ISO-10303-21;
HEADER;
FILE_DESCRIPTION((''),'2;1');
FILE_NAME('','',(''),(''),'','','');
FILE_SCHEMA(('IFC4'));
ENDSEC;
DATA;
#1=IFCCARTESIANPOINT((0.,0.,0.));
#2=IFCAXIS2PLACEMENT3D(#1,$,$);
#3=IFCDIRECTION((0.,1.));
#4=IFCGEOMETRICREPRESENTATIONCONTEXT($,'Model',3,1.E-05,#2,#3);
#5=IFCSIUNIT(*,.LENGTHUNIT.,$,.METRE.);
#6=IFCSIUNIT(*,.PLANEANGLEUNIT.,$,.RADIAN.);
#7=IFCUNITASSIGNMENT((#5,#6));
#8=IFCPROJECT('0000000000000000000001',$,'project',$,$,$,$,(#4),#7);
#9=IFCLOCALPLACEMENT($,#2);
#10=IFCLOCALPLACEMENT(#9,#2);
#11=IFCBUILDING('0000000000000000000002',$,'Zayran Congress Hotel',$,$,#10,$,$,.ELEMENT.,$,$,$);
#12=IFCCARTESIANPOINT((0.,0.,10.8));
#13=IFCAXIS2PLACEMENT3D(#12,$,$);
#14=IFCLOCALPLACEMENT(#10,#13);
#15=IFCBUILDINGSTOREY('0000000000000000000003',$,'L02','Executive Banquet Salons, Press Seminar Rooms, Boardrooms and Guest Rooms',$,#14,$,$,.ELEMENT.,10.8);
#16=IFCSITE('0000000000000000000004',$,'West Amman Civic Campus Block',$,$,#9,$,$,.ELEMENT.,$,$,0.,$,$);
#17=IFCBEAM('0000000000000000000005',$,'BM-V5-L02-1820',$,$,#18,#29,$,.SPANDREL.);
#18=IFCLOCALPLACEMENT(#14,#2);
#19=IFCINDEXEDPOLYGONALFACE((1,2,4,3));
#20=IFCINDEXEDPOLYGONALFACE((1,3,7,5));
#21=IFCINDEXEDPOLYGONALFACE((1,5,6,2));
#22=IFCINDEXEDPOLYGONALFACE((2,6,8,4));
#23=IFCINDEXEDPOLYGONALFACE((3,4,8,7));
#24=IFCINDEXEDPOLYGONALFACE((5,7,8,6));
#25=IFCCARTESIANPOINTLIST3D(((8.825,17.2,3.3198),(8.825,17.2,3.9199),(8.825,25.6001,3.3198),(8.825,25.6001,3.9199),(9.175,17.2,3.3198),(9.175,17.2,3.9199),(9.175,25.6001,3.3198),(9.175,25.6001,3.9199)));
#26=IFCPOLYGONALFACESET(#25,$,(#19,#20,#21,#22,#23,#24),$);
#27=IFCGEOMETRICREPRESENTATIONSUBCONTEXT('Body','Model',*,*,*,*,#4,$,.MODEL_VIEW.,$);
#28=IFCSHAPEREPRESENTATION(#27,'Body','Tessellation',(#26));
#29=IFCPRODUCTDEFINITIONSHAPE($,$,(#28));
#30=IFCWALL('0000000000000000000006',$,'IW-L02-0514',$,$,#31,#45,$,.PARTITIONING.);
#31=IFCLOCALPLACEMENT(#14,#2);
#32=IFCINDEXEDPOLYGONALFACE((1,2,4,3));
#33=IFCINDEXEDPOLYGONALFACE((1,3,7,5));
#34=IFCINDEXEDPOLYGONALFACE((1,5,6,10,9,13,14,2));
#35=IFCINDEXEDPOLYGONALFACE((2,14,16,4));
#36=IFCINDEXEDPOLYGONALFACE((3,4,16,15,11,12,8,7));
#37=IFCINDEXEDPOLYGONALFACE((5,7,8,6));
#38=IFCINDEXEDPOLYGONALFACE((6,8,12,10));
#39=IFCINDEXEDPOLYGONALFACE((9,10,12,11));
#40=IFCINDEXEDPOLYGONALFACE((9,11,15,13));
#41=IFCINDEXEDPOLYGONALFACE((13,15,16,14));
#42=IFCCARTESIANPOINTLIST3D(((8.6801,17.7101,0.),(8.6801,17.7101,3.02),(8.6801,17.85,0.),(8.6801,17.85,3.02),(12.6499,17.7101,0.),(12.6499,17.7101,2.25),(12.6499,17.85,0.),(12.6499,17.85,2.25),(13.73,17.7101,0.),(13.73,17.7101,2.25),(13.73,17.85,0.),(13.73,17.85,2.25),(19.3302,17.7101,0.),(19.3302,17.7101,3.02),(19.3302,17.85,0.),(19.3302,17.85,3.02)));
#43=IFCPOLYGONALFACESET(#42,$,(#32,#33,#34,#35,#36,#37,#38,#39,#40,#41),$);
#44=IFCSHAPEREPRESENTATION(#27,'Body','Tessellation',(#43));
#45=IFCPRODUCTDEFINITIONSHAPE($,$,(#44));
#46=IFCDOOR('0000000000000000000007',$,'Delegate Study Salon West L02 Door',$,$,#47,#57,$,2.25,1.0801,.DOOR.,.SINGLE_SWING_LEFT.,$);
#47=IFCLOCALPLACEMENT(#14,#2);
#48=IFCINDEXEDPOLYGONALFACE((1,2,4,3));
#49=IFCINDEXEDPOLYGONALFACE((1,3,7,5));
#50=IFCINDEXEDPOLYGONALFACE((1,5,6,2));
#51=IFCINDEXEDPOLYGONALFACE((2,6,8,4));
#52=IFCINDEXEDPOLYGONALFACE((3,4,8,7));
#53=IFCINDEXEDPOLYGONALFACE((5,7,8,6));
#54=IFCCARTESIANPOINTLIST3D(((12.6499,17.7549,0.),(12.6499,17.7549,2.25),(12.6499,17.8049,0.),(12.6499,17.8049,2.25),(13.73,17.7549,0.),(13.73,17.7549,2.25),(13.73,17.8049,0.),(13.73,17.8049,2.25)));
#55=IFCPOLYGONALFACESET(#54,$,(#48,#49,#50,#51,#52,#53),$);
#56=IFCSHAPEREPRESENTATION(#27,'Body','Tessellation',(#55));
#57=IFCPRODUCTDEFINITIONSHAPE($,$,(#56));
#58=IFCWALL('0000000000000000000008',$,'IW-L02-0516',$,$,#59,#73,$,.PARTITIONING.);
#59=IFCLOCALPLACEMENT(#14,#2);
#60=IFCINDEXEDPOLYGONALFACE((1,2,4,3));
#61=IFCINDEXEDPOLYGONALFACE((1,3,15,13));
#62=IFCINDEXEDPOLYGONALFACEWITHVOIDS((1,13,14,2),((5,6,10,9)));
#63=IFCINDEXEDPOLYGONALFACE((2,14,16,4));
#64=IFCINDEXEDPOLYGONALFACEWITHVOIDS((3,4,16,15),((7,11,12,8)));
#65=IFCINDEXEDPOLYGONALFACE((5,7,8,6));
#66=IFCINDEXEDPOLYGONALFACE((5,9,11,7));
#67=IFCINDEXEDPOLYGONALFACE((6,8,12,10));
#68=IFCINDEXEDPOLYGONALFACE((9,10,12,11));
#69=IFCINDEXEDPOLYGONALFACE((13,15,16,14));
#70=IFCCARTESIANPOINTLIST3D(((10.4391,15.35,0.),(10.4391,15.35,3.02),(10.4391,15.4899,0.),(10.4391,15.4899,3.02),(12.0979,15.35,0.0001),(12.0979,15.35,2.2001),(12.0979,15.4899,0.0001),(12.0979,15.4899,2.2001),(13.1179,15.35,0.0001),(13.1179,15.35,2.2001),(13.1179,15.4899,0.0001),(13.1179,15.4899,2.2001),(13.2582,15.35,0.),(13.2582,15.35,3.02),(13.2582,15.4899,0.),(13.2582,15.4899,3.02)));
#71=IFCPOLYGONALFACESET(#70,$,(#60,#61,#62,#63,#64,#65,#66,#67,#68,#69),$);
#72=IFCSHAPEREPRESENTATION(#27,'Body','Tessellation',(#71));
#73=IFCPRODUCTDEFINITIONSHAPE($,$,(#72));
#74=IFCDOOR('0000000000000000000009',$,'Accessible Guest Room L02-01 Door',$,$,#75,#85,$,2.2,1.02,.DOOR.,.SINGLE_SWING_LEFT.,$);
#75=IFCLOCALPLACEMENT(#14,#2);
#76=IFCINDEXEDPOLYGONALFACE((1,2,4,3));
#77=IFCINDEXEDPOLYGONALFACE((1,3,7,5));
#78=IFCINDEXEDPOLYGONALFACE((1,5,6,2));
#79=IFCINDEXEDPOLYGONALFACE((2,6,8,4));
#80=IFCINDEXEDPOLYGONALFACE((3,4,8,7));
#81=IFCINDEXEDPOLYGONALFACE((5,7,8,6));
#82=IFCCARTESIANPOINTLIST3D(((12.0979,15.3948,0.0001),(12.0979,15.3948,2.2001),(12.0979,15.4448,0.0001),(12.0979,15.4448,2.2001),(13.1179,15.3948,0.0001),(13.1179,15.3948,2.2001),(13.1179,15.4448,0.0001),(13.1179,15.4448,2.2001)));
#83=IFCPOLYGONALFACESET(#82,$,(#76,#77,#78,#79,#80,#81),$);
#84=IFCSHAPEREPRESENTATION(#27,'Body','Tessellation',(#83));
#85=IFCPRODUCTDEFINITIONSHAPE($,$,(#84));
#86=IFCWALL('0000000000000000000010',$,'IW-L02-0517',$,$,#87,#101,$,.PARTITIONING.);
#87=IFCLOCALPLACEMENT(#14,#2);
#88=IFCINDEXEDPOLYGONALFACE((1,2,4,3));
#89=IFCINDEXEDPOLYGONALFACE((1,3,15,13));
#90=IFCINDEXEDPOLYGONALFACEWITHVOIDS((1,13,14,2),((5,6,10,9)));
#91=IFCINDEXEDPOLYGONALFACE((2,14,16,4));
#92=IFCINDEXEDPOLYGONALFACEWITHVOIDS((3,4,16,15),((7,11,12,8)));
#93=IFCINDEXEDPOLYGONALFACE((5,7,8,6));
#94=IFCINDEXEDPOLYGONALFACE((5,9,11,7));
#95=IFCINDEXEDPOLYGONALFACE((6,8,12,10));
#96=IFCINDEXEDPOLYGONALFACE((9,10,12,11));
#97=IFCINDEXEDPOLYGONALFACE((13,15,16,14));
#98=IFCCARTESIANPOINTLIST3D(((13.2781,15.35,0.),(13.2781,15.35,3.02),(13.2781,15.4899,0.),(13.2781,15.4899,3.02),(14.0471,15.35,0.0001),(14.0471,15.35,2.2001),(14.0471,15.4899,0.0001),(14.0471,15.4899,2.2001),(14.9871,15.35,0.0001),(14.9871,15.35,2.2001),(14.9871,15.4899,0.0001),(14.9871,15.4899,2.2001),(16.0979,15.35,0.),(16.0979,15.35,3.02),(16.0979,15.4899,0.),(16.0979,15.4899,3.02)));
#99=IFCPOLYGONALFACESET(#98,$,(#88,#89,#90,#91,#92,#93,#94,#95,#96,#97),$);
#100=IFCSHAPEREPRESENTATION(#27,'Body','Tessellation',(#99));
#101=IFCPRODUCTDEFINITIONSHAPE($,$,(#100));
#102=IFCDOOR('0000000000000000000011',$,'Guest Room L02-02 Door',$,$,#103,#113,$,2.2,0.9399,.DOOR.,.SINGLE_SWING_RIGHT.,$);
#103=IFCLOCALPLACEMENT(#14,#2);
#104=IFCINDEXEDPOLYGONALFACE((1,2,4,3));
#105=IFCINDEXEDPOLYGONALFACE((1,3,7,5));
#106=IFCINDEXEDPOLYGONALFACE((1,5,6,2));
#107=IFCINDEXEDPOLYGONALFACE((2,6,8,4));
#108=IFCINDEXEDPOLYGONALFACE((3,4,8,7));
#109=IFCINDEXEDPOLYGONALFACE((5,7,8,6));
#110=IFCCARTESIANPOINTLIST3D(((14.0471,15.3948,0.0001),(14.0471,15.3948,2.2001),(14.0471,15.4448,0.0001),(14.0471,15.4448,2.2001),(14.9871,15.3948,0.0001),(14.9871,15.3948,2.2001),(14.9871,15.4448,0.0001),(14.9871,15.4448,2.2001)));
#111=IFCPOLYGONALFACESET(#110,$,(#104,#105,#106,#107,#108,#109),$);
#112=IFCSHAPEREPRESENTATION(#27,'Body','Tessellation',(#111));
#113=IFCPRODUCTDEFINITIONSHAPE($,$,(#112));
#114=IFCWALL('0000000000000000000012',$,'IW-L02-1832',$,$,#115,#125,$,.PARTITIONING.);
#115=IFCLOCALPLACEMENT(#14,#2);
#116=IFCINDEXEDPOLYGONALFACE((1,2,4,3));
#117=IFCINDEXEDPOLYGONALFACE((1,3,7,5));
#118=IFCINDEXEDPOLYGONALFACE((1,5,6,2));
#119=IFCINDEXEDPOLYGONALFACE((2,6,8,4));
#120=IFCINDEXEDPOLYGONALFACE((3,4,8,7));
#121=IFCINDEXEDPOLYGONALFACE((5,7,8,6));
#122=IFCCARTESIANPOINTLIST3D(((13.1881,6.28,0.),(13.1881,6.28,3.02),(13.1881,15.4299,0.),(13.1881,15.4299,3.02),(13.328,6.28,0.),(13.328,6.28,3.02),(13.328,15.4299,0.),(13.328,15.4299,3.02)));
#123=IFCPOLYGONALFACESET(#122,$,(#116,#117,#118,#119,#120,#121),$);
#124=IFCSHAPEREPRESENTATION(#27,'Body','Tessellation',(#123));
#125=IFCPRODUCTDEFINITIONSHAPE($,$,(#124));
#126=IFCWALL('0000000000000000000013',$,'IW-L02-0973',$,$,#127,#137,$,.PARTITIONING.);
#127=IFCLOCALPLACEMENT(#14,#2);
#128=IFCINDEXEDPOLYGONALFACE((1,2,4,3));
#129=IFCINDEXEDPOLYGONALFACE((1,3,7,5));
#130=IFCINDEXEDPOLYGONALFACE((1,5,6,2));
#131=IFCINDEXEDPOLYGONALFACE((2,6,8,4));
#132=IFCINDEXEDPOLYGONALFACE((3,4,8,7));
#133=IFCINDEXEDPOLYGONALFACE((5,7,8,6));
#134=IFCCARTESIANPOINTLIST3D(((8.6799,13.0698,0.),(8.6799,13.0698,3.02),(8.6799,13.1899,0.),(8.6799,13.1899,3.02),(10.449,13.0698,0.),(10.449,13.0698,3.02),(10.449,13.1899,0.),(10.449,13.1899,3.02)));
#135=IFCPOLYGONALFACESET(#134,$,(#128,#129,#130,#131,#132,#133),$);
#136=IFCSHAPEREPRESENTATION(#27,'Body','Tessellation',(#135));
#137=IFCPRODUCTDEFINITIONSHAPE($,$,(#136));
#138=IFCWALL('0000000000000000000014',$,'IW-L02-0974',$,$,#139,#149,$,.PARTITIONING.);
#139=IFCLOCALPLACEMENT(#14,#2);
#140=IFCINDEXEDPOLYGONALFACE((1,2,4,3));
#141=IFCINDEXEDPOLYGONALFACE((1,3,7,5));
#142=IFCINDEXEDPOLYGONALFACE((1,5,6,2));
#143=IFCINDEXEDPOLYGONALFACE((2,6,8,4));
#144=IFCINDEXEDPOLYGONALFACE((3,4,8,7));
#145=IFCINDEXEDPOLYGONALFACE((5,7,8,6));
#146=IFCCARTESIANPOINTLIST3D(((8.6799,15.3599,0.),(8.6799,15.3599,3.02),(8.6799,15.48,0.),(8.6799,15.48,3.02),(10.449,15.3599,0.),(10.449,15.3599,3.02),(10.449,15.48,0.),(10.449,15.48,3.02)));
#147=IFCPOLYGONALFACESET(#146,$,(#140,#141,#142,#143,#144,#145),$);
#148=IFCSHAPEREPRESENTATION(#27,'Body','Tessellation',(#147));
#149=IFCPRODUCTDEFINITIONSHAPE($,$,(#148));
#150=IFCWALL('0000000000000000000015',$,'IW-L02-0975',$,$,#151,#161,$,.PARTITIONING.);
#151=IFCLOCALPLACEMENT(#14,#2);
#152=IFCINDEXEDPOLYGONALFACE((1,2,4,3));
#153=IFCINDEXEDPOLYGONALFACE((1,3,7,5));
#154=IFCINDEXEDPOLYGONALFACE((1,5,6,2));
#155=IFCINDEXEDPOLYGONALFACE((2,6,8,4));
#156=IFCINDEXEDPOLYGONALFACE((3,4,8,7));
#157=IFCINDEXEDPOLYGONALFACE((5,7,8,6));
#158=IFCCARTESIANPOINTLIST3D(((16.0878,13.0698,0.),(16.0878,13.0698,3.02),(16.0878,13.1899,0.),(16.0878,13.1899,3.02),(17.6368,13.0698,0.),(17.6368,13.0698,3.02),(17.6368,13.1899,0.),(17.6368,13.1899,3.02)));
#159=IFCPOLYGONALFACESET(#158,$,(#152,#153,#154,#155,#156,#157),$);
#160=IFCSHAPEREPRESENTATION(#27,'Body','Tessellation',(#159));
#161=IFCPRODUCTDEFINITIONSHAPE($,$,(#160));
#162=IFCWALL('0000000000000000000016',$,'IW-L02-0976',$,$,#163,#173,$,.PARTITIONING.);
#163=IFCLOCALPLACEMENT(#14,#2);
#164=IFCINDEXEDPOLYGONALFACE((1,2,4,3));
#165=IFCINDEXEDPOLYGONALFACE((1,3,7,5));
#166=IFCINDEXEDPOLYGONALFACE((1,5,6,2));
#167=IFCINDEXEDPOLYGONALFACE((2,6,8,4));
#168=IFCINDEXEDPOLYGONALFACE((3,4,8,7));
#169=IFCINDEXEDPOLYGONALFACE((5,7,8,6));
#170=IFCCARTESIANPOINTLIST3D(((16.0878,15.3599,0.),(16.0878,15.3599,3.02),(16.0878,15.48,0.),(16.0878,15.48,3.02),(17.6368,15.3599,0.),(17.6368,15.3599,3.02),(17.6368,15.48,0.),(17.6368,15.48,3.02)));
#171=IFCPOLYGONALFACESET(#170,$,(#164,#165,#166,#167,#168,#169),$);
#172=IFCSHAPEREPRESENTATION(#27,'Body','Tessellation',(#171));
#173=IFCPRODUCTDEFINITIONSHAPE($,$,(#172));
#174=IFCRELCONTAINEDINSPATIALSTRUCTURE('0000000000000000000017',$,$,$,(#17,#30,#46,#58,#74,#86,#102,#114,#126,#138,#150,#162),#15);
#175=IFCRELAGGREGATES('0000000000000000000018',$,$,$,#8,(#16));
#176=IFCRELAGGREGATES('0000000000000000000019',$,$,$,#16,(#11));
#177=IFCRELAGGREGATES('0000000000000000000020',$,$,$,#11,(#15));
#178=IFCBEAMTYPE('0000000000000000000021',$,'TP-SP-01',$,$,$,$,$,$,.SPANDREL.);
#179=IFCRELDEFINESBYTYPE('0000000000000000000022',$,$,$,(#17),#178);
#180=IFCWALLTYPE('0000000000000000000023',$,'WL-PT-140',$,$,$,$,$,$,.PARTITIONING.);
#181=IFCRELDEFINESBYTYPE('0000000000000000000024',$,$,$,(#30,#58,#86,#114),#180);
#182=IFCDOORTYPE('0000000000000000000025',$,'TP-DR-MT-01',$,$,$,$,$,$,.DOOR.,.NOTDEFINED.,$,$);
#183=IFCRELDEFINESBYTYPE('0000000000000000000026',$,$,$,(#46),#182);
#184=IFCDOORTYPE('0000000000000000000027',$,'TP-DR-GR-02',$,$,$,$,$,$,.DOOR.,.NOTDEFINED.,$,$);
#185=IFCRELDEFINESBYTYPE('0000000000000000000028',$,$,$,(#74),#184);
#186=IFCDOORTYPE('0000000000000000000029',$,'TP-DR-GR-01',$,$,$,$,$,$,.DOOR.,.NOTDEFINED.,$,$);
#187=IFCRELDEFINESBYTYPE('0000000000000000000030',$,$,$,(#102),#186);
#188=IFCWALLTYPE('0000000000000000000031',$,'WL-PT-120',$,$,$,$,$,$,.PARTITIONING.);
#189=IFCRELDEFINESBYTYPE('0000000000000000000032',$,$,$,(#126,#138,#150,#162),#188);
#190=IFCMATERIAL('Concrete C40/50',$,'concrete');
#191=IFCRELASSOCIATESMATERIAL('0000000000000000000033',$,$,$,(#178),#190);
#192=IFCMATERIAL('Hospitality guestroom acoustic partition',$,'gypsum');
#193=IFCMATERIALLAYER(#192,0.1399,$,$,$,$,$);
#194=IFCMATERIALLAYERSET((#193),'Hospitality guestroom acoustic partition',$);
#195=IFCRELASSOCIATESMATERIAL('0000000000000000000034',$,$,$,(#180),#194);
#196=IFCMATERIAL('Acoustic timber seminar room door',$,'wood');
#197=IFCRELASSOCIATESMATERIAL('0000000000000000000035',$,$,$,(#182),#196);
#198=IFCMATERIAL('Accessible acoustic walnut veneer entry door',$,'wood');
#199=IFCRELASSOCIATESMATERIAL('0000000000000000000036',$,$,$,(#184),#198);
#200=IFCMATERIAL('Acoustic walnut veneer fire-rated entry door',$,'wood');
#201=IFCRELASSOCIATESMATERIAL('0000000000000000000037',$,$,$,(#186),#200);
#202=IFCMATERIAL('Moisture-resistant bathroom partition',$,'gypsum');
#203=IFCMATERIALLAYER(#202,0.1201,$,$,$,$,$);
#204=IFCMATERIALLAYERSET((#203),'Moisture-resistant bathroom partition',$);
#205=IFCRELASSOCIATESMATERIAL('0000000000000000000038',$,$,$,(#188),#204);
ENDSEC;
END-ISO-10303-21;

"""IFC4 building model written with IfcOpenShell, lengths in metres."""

from ifc_helpers import new_model, si_unit, direction, frame, frame_2d, origin, origin_2d, place, context, subcontext, project, spatial, rectangle, extrude, material, layer, layer_set, material_profile, profile_set, type_object, element, fill, save


model = new_model("IFC4")

# Units and contexts
model_context = context("Model", 3, precision=1e-05, world=origin(), true_north=direction((0.0, 1.0)))
body_context = subcontext(model_context, "Body", "Model", "MODEL_VIEW")
ifc_project = project(units=[si_unit("LENGTHUNIT", "METRE"), si_unit("PLANEANGLEUNIT", "RADIAN")], contexts=[model_context])

# Site, building, storey
site_placement = place(None, origin())
site = spatial("IfcSite", under=ifc_project, at=site_placement, Name="West Amman Civic Campus Block", CompositionType="ELEMENT", RefElevation=0.0)
building_placement = place(site_placement, origin())
building = spatial("IfcBuilding", under=site, at=building_placement, Name="Zayran Congress Hotel", CompositionType="ELEMENT")
storey_placement = place(building_placement, frame((0.0, 0.0, 10.8)))
storey = spatial("IfcBuildingStorey", under=building, at=storey_placement, Name="L02", Description="Executive Banquet Salons, Press Seminar Rooms, Boardrooms and Guest Rooms", CompositionType="ELEMENT", Elevation=10.8)

# Shared definitions
ifc_material_1 = material(Name="Concrete C40/50", Category="concrete")

# Beam
ifc_material_profile_1 = material_profile(ifc_material_1, rectangle(XDim=0.3501, YDim=0.6001, at=origin_2d()), Name="RC 350x600")
ifc_profile_set_1 = profile_set([ifc_material_profile_1], Name="Concrete C40/50")
beam_type_1 = type_object("IfcBeamType", Name="TP-SP-01", PredefinedType="SPANDREL", material=ifc_profile_set_1)
beam_1_placement = place(storey_placement, frame((9.0, 17.2, 3.6199), z_axis=(0.0, 1.0, 0.0), x_axis=(-1.0, 0.0, 0.0)))
element("IfcBeam", 1, at=beam_1_placement, inside=storey, type_object=beam_type_1, Name="BM-V5-L02-1820", PredefinedType="SPANDREL", context=body_context, shape_type="SweptSolid", body=[
    extrude(rectangle(XDim=0.3501, YDim=0.6001, at=origin_2d()), origin(), (0.0, 0.0, 1.0), 8.4001),
])

# Walls, openings, doors
ifc_material_2 = material(Name="Hospitality guestroom acoustic partition", Category="gypsum")
ifc_layer_1 = layer(ifc_material_2, 0.1399)
ifc_layer_set_1 = layer_set([ifc_layer_1], Name="Hospitality guestroom acoustic partition")
wall_type_1 = type_object("IfcWallType", Name="WL-PT-140", PredefinedType="PARTITIONING", material=ifc_layer_set_1)
wall_1_placement = place(storey_placement, frame((8.6799, 17.78, 0.0), z_axis=(0.0, 0.0, 1.0), x_axis=(1.0, 0.0, 0.0)))
wall_1 = element("IfcWall", 2, at=wall_1_placement, inside=storey, type_object=wall_type_1, Name="IW-L02-0514", PredefinedType="PARTITIONING", context=body_context, shape_type="SweptSolid", body=[
    extrude(rectangle(XDim=10.6501, YDim=0.1399, at=frame_2d((5.3252, 0.0))), origin(), (0.0, 0.0, 1.0), 3.02),
])
opening_1_placement = place(wall_1_placement, frame((3.97, 0.0, 0.0)))
opening_1 = element("IfcOpeningElement", 3, at=opening_1_placement, cuts=wall_1, PredefinedType="OPENING", context=body_context, shape_type="SweptSolid", body=[
    extrude(rectangle(XDim=1.0801, YDim=2.25, at=frame_2d((0.54, 1.125))), frame((0.0, 0.0798, 0.0), z_axis=(0.0, -1.0, 0.0), x_axis=(1.0, 0.0, 0.0)), (0.0, 0.0, 1.0), 0.1599),
])
ifc_material_3 = material(Name="Acoustic timber seminar room door", Category="wood")
door_type_1 = type_object("IfcDoorType", Name="TP-DR-MT-01", OperationType="NOTDEFINED", PredefinedType="DOOR", material=ifc_material_3)
door_1_placement = place(opening_1_placement, origin())
door_1 = element("IfcDoor", 4, at=door_1_placement, inside=storey, type_object=door_type_1, Name="Delegate Study Salon West L02 Door", OperationType="SINGLE_SWING_LEFT", OverallHeight=2.25, OverallWidth=1.0801, PredefinedType="DOOR", context=body_context, shape_type="SweptSolid", body=[
    extrude(rectangle(XDim=1.0801, YDim=2.25, at=frame_2d((0.54, 1.125))), frame((0.0, 0.0249, 0.0), z_axis=(0.0, -1.0, 0.0), x_axis=(1.0, 0.0, 0.0)), (0.0, 0.0, 1.0), 0.05),
])
fill(opening_1, door_1)
wall_2_placement = place(storey_placement, frame((10.439, 15.4199, 0.0), z_axis=(0.0, 0.0, 1.0), x_axis=(1.0, 0.0, 0.0)))
wall_2 = element("IfcWall", 5, at=wall_2_placement, inside=storey, type_object=wall_type_1, Name="IW-L02-0516", PredefinedType="PARTITIONING", context=body_context, shape_type="SweptSolid", body=[
    extrude(rectangle(XDim=2.8191, YDim=0.1399, at=frame_2d((1.4097, 0.0))), origin(), (0.0, 0.0, 1.0), 3.02),
])
opening_2_placement = place(wall_2_placement, frame((1.6589, 0.0, 0.0)))
opening_2 = element("IfcOpeningElement", 6, at=opening_2_placement, cuts=wall_2, PredefinedType="OPENING", context=body_context, shape_type="SweptSolid", body=[
    extrude(rectangle(XDim=1.02, YDim=2.2, at=frame_2d((0.51, 1.1001))), frame((0.0, 0.0798, 0.0), z_axis=(0.0, -1.0, 0.0), x_axis=(1.0, 0.0, 0.0)), (0.0, 0.0, 1.0), 0.1599),
])
ifc_material_4 = material(Name="Accessible acoustic walnut veneer entry door", Category="wood")
door_type_2 = type_object("IfcDoorType", Name="TP-DR-GR-02", OperationType="NOTDEFINED", PredefinedType="DOOR", material=ifc_material_4)
door_2_placement = place(opening_2_placement, origin())
door_2 = element("IfcDoor", 7, at=door_2_placement, inside=storey, type_object=door_type_2, Name="Accessible Guest Room L02-01 Door", OperationType="SINGLE_SWING_LEFT", OverallHeight=2.2, OverallWidth=1.02, PredefinedType="DOOR", context=body_context, shape_type="SweptSolid", body=[
    extrude(rectangle(XDim=1.02, YDim=2.2, at=frame_2d((0.51, 1.1001))), frame((0.0, 0.0249, 0.0), z_axis=(0.0, -1.0, 0.0), x_axis=(1.0, 0.0, 0.0)), (0.0, 0.0, 1.0), 0.05),
])
fill(opening_2, door_2)
wall_3_placement = place(storey_placement, frame((13.2781, 15.4199, 0.0), z_axis=(0.0, 0.0, 1.0), x_axis=(1.0, 0.0, 0.0)))
wall_3 = element("IfcWall", 8, at=wall_3_placement, inside=storey, type_object=wall_type_1, Name="IW-L02-0517", PredefinedType="PARTITIONING", context=body_context, shape_type="SweptSolid", body=[
    extrude(rectangle(XDim=2.8198, YDim=0.1399, at=frame_2d((1.4099, 0.0))), origin(), (0.0, 0.0, 1.0), 3.02),
])
opening_3_placement = place(wall_3_placement, frame((0.769, 0.0, 0.0)))
opening_3 = element("IfcOpeningElement", 9, at=opening_3_placement, cuts=wall_3, PredefinedType="OPENING", context=body_context, shape_type="SweptSolid", body=[
    extrude(rectangle(XDim=0.9399, YDim=2.2, at=frame_2d((0.47, 1.1001))), frame((0.0, 0.0798, 0.0), z_axis=(0.0, -1.0, 0.0), x_axis=(1.0, 0.0, 0.0)), (0.0, 0.0, 1.0), 0.1599),
])
ifc_material_5 = material(Name="Acoustic walnut veneer fire-rated entry door", Category="wood")
door_type_3 = type_object("IfcDoorType", Name="TP-DR-GR-01", OperationType="NOTDEFINED", PredefinedType="DOOR", material=ifc_material_5)
door_3_placement = place(opening_3_placement, origin())
door_3 = element("IfcDoor", 10, at=door_3_placement, inside=storey, type_object=door_type_3, Name="Guest Room L02-02 Door", OperationType="SINGLE_SWING_RIGHT", OverallHeight=2.2, OverallWidth=0.9399, PredefinedType="DOOR", context=body_context, shape_type="SweptSolid", body=[
    extrude(rectangle(XDim=0.9399, YDim=2.2, at=frame_2d((0.47, 1.1001))), frame((0.0, 0.0249, 0.0), z_axis=(0.0, -1.0, 0.0), x_axis=(1.0, 0.0, 0.0)), (0.0, 0.0, 1.0), 0.05),
])
fill(opening_3, door_3)

# Wall
wall_4_placement = place(storey_placement, frame((13.2581, 6.28, 0.0), z_axis=(0.0, 0.0, 1.0), x_axis=(0.0, 1.0, 0.0)))
element("IfcWall", 11, at=wall_4_placement, inside=storey, type_object=wall_type_1, Name="IW-L02-1832", PredefinedType="PARTITIONING", context=body_context, shape_type="SweptSolid", body=[
    extrude(rectangle(XDim=9.1499, YDim=0.1399, at=frame_2d((4.575, 0.0))), origin(), (0.0, 0.0, 1.0), 3.02),
])

# Shared definitions
ifc_material_6 = material(Name="Moisture-resistant bathroom partition", Category="gypsum")
ifc_layer_2 = layer(ifc_material_6, 0.1201)
ifc_layer_set_2 = layer_set([ifc_layer_2], Name="Moisture-resistant bathroom partition")
wall_type_2 = type_object("IfcWallType", Name="WL-PT-120", PredefinedType="PARTITIONING", material=ifc_layer_set_2)

# Walls
for number, where, z_axis, x_axis, name in (
    (12, (8.6799, 13.1299, 0.0), (0.0, 0.0, 1.0), (1.0, 0.0, 0.0), "IW-L02-0973"),
    (13, (8.6799, 15.4199, 0.0), (0.0, 0.0, 1.0), (1.0, 0.0, 0.0), "IW-L02-0974"),
):
    element("IfcWall", number, at=place(storey_placement, frame(where, z_axis=z_axis, x_axis=x_axis)), inside=storey, type_object=wall_type_2, Name=name, PredefinedType="PARTITIONING", context=body_context, shape_type="SweptSolid", body=[
        extrude(rectangle(XDim=1.769, YDim=0.1201, at=frame_2d((0.8845, 0.0))), origin(), (0.0, 0.0, 1.0), 3.02),
    ])
for number, where, z_axis, x_axis, name in (
    (14, (16.0879, 13.1299, 0.0), (0.0, 0.0, 1.0), (1.0, 0.0, 0.0), "IW-L02-0975"),
    (15, (16.0879, 15.4199, 0.0), (0.0, 0.0, 1.0), (1.0, 0.0, 0.0), "IW-L02-0976"),
):
    element("IfcWall", number, at=place(storey_placement, frame(where, z_axis=z_axis, x_axis=x_axis)), inside=storey, type_object=wall_type_2, Name=name, PredefinedType="PARTITIONING", context=body_context, shape_type="SweptSolid", body=[
        extrude(rectangle(XDim=1.5491, YDim=0.1201, at=frame_2d((0.7744, 0.0))), origin(), (0.0, 0.0, 1.0), 3.02),
    ])

save(model, "model.ifc")
